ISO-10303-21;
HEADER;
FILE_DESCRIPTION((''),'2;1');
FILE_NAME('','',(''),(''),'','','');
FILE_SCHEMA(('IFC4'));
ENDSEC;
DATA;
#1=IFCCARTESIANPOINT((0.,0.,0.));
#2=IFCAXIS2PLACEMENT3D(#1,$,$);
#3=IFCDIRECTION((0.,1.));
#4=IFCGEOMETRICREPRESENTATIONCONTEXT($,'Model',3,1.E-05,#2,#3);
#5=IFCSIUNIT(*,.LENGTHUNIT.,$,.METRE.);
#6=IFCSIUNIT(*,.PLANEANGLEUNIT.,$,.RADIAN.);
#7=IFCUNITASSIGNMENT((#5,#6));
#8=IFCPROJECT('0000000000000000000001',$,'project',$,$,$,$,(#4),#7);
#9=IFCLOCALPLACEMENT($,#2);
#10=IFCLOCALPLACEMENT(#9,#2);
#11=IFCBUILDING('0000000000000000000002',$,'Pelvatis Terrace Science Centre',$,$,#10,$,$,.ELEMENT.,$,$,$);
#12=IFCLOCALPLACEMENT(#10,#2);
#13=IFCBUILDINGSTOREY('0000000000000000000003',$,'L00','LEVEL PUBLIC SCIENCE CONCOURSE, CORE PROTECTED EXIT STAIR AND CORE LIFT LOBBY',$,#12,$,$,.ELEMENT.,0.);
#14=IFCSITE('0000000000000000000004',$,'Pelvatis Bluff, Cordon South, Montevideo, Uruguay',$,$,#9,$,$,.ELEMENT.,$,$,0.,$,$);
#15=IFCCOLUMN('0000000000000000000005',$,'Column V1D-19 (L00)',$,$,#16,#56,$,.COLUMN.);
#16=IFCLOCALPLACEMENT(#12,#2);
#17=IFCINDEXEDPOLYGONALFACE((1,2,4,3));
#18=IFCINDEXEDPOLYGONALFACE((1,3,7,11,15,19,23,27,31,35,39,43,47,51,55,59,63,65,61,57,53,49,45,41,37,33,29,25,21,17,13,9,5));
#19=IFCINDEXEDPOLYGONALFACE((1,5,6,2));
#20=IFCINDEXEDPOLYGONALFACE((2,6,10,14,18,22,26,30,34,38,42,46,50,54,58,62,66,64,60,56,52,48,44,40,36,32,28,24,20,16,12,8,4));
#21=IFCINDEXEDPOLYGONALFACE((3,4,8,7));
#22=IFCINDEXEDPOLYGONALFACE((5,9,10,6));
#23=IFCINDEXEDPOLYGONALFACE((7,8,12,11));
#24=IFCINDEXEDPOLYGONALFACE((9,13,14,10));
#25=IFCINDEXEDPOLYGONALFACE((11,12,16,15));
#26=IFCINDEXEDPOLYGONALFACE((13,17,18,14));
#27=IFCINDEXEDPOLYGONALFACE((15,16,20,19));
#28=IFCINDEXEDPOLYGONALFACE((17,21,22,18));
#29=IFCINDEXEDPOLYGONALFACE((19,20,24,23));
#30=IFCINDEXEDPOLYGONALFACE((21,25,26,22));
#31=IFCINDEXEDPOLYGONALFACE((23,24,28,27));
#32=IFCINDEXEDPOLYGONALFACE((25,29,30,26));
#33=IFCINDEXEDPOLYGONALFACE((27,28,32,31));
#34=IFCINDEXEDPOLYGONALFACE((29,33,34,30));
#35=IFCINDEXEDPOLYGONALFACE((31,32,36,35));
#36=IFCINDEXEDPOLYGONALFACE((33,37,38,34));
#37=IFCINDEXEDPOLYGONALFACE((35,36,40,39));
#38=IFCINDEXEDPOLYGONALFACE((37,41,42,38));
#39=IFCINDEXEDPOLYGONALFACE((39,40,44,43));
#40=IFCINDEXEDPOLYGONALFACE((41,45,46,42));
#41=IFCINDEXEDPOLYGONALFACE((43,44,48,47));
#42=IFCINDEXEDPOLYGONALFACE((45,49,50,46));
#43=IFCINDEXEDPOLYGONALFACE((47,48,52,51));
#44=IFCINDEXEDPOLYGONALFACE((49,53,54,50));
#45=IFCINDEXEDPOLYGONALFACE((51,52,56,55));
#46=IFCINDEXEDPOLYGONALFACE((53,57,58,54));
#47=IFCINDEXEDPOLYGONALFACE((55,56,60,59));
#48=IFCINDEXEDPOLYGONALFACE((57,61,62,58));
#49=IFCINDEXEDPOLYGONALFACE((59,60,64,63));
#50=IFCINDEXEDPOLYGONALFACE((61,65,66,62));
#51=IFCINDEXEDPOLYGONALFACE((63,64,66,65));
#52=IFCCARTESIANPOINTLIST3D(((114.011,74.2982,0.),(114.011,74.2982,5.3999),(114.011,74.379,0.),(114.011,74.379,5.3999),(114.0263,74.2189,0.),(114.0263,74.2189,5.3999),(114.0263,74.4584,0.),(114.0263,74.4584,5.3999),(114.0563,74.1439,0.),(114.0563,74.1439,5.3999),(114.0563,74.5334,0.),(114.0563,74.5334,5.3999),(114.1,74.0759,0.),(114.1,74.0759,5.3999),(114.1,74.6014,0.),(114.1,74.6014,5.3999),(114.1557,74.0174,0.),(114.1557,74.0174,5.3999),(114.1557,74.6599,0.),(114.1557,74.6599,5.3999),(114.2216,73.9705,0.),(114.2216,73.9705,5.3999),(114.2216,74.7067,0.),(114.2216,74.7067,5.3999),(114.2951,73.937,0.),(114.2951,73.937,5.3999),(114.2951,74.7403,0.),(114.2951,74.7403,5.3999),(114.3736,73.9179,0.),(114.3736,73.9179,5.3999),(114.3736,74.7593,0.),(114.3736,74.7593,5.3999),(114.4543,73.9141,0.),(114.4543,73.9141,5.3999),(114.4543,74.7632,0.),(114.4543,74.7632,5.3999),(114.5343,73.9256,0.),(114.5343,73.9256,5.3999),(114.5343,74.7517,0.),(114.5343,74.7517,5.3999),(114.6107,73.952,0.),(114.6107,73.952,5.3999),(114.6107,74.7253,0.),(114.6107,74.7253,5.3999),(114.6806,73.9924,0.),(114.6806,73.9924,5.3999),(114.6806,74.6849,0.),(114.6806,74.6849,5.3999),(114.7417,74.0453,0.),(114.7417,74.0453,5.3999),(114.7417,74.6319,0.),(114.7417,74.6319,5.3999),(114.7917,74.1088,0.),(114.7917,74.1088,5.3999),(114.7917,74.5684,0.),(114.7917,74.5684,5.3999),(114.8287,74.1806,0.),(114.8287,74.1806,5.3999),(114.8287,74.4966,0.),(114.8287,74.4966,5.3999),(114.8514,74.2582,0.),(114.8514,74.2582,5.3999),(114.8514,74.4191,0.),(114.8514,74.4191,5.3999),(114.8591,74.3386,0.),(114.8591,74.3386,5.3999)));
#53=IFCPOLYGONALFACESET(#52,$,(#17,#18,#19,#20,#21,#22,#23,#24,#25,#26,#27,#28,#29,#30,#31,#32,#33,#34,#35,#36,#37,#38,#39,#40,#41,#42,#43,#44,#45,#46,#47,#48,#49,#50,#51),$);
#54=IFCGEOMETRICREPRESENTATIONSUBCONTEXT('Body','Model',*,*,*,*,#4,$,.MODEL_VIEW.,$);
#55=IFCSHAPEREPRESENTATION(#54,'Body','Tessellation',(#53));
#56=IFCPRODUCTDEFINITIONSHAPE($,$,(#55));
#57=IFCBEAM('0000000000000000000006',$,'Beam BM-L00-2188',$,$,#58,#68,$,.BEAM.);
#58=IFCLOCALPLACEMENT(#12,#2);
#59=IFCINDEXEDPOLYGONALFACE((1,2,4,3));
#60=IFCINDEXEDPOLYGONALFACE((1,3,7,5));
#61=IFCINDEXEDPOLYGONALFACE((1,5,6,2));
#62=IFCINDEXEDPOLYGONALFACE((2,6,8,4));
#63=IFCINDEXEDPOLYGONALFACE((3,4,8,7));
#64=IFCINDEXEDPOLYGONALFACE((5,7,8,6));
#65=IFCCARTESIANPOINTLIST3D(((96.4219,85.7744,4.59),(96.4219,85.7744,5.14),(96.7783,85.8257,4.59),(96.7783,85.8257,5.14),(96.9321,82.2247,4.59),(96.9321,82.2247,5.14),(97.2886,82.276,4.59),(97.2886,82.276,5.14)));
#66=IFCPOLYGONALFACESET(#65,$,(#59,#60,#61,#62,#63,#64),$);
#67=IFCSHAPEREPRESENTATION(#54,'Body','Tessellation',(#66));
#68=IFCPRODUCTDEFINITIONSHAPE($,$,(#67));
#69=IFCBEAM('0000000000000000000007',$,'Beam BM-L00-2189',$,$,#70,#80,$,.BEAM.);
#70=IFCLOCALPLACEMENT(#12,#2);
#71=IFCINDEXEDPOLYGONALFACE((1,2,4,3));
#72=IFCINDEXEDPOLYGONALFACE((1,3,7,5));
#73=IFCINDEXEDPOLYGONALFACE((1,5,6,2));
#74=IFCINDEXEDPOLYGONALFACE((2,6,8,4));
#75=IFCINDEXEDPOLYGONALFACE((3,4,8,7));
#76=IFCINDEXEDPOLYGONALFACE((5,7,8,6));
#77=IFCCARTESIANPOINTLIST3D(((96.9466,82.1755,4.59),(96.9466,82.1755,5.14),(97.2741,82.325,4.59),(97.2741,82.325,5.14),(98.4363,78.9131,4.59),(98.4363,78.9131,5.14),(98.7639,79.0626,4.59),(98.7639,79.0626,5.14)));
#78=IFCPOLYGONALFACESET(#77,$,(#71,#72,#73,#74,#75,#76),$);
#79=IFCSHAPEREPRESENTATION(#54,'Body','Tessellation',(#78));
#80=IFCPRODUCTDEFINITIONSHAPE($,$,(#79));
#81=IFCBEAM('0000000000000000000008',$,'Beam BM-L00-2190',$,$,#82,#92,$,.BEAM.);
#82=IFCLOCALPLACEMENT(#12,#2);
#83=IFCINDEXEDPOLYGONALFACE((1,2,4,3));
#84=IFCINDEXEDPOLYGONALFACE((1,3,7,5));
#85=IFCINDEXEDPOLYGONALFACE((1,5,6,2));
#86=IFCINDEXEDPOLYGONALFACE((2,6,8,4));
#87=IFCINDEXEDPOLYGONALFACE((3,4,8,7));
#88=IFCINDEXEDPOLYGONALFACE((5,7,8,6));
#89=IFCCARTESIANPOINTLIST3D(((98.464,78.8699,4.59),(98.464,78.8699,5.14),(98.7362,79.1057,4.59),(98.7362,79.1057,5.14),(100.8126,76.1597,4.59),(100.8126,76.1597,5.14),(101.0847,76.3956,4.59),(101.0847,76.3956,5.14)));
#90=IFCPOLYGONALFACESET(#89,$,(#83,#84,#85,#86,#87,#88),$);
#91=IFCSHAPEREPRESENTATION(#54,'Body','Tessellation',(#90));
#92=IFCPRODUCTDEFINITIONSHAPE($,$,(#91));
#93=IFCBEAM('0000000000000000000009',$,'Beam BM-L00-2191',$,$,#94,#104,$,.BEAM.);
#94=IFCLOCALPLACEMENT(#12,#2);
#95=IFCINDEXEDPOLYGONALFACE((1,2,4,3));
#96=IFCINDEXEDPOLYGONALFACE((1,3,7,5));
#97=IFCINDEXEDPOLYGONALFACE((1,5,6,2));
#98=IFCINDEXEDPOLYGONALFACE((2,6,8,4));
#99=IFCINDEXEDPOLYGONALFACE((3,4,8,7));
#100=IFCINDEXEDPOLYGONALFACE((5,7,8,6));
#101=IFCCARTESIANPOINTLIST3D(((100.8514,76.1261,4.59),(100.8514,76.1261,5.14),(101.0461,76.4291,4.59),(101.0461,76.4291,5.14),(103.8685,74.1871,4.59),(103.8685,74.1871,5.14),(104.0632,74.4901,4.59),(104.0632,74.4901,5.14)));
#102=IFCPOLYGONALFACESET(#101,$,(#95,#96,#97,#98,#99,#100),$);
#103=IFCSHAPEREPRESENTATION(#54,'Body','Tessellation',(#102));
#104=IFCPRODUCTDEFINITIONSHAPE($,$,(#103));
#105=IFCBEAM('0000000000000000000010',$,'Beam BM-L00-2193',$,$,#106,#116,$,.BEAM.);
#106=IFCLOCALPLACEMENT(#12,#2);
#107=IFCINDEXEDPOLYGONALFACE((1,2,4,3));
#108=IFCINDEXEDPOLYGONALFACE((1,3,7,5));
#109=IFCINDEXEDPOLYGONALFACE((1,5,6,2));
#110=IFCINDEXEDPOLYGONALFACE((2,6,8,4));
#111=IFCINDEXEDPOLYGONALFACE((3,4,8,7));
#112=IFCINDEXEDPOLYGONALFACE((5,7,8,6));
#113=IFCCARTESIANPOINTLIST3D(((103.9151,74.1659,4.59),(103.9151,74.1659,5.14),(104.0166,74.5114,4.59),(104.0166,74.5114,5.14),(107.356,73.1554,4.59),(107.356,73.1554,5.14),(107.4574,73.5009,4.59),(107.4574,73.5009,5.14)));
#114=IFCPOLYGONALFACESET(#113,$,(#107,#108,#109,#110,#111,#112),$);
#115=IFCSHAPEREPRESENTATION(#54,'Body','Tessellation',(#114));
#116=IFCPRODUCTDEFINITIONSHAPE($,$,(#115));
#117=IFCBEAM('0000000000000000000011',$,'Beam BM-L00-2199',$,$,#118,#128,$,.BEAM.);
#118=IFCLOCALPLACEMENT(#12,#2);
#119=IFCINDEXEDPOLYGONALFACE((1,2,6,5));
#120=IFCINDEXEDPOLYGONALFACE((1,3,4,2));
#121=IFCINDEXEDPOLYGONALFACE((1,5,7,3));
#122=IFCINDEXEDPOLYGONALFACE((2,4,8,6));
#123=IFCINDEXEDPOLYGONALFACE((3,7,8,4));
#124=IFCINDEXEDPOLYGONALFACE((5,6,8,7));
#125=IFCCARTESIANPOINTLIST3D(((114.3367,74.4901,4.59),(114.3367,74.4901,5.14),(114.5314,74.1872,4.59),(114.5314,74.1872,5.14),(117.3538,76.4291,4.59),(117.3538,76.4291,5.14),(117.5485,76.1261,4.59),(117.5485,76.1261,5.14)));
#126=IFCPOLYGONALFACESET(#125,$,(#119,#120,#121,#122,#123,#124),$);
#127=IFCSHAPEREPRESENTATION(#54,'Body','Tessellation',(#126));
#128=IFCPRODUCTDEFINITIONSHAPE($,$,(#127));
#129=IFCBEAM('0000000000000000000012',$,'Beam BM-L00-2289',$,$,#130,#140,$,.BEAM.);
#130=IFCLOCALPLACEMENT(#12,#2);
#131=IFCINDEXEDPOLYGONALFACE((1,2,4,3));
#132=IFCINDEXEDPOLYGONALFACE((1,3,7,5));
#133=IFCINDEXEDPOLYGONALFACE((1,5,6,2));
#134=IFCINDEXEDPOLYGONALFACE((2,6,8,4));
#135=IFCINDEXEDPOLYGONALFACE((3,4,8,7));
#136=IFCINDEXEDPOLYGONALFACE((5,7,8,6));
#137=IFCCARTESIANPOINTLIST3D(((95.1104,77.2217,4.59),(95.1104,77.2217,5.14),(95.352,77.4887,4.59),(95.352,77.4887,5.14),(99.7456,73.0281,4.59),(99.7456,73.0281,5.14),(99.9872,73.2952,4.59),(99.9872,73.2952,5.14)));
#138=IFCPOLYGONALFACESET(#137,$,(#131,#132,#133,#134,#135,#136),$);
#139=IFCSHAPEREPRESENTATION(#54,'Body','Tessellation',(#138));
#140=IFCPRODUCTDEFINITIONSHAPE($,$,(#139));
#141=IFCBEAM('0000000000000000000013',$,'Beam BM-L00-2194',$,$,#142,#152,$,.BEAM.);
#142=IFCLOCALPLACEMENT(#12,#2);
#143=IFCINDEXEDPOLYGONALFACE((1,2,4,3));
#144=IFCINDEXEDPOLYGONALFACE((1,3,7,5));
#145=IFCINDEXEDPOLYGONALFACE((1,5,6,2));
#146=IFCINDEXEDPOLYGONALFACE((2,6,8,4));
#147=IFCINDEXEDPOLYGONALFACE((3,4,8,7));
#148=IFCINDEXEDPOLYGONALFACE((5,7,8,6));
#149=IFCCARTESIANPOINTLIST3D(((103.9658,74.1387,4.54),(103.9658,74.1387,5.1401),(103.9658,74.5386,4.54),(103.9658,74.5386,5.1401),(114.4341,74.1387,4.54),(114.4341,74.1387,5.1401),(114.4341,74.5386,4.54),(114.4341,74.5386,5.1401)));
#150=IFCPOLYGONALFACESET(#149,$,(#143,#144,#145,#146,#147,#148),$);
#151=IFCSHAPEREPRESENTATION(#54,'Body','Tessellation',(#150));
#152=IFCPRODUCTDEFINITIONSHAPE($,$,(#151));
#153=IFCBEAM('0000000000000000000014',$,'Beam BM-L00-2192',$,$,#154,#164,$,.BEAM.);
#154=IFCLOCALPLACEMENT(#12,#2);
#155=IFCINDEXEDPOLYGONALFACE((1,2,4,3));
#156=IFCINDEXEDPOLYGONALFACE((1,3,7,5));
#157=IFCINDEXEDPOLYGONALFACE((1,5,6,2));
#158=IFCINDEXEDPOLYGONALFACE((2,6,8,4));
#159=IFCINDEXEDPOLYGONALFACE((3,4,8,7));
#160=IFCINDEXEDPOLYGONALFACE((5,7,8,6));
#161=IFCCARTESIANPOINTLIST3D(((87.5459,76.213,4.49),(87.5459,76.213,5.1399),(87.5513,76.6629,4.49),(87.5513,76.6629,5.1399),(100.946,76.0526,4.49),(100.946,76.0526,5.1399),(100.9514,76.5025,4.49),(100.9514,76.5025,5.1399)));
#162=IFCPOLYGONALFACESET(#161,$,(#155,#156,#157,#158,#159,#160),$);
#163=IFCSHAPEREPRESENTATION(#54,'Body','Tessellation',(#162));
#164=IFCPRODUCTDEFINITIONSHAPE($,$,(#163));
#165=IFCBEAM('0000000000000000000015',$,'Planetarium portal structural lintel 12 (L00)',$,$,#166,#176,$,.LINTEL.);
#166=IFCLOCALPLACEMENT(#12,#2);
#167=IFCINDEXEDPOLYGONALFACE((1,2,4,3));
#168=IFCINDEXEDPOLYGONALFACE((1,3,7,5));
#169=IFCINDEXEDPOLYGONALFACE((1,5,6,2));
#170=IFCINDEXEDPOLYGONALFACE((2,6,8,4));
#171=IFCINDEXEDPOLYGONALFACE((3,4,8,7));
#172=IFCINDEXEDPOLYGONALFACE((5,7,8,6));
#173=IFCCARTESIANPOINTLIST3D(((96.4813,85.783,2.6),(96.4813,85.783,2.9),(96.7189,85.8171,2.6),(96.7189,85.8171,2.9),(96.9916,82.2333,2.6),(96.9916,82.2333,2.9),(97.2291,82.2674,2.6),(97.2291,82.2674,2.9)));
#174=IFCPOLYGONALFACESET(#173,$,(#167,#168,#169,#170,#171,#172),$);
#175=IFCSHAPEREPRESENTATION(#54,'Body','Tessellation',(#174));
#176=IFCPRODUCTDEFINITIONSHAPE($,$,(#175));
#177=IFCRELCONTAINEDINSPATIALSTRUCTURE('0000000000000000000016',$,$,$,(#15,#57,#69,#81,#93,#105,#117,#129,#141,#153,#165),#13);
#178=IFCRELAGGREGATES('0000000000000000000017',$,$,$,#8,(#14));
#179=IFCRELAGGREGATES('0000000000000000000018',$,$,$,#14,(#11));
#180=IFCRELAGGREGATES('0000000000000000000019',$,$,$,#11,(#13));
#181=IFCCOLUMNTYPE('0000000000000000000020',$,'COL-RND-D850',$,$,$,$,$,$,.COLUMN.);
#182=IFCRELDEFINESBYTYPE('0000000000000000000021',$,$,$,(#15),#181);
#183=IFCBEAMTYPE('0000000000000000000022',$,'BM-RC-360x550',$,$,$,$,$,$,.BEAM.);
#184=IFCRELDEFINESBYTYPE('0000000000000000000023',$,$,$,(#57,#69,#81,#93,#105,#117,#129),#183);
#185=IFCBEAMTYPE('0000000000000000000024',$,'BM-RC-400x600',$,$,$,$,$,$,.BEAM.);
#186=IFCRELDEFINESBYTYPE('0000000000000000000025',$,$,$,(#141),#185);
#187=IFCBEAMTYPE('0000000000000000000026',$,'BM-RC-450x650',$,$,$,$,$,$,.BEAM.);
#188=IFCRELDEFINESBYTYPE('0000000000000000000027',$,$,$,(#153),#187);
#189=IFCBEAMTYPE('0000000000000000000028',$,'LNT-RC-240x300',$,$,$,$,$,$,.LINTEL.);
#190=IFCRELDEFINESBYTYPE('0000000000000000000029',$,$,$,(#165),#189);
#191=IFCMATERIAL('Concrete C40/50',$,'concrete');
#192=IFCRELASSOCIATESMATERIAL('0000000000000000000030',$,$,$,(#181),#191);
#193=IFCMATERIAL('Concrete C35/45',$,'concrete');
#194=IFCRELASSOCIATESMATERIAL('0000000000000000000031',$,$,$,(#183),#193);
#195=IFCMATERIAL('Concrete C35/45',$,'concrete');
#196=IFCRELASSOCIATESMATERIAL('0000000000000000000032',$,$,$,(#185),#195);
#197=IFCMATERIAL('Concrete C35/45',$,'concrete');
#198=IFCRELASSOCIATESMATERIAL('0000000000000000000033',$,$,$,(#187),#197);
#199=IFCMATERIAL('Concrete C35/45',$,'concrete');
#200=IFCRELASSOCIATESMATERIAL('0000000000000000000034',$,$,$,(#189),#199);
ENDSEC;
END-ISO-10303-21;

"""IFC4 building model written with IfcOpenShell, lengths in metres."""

from ifc_helpers import new_model, si_unit, direction, frame, origin, origin_2d, place, context, subcontext, project, spatial, rectangle, circle, extrude, material, material_profile, profile_set, type_object, element, save


model = new_model("IFC4")

# Units and contexts
model_context = context("Model", 3, precision=1e-05, world=origin(), true_north=direction((0.0, 1.0)))
body_context = subcontext(model_context, "Body", "Model", "MODEL_VIEW")
ifc_project = project(units=[si_unit("LENGTHUNIT", "METRE"), si_unit("PLANEANGLEUNIT", "RADIAN")], contexts=[model_context])

# Site, building, storey
site_placement = place(None, origin())
site = spatial("IfcSite", under=ifc_project, at=site_placement, Name="Pelvatis Bluff, Cordon South, Montevideo, Uruguay", CompositionType="ELEMENT", RefElevation=0.0)
building_placement = place(site_placement, origin())
building = spatial("IfcBuilding", under=site, at=building_placement, Name="Pelvatis Terrace Science Centre", CompositionType="ELEMENT")
storey_placement = place(building_placement, origin())
storey = spatial("IfcBuildingStorey", under=building, at=storey_placement, Name="L00", Description="LEVEL PUBLIC SCIENCE CONCOURSE, CORE PROTECTED EXIT STAIR AND CORE LIFT LOBBY", CompositionType="ELEMENT", Elevation=0.0)

# Column
ifc_material_1 = material(Name="Concrete C40/50", Category="concrete")
ifc_material_profile_1 = material_profile(ifc_material_1, circle(Radius=0.425, at=origin_2d()), Name="RC-RCOL D850")
ifc_profile_set_1 = profile_set([ifc_material_profile_1], Name="Concrete C40/50")
column_type_1 = type_object("IfcColumnType", Name="COL-RND-D850", PredefinedType="COLUMN", material=ifc_profile_set_1)
for number, where, z_axis, x_axis, name in (
    (1, (114.4341, 74.3386, 0.0), (0.0, 0.0, 1.0), (1.0, 0.0, 0.0), "Column V1D-19 (L00)"),
):
    element("IfcColumn", number, at=place(storey_placement, frame(where, z_axis=z_axis, x_axis=x_axis)), inside=storey, type_object=column_type_1, Name=name, PredefinedType="COLUMN", context=body_context, shape_type="SweptSolid", body=[
        extrude(circle(Radius=0.425, at=origin_2d()), origin(), (0.0, 0.0, 1.0), 5.3999),
    ])

# Beams
ifc_material_2 = material(Name="Concrete C35/45", Category="concrete")
ifc_material_profile_2 = material_profile(ifc_material_2, rectangle(XDim=0.3601, YDim=0.55, at=origin_2d()), Name="RC-BM 360x550")
ifc_profile_set_2 = profile_set([ifc_material_profile_2], Name="Concrete C35/45")
beam_type_1 = type_object("IfcBeamType", Name="BM-RC-360x550", PredefinedType="BEAM", material=ifc_profile_set_2)
beam_1_placement = place(storey_placement, frame((96.6001, 85.8, 4.865), z_axis=(0.142279, -0.989827, 0.0), x_axis=(0.989827, 0.142279, 0.0)))
element("IfcBeam", 2, at=beam_1_placement, inside=storey, type_object=beam_type_1, Name="Beam BM-L00-2188", PredefinedType="BEAM", context=body_context, shape_type="SweptSolid", body=[
    extrude(rectangle(XDim=0.3601, YDim=0.55, at=origin_2d()), origin(), (0.0, 0.0, 1.0), 3.5862),
])
beam_2_placement = place(storey_placement, frame((97.1104, 82.2502, 4.865), z_axis=(0.415377, -0.909649, 0.0), x_axis=(0.909649, 0.415377, 0.0)))
element("IfcBeam", 3, at=beam_2_placement, inside=storey, type_object=beam_type_1, Name="Beam BM-L00-2189", PredefinedType="BEAM", context=body_context, shape_type="SweptSolid", body=[
    extrude(rectangle(XDim=0.3601, YDim=0.55, at=origin_2d()), origin(), (0.0, 0.0, 1.0), 3.5864),
])
beam_3_placement = place(storey_placement, frame((98.6001, 78.9878, 4.865), z_axis=(0.654897, -0.755718, 0.0), x_axis=(0.755718, 0.654897, 0.0)))
element("IfcBeam", 4, at=beam_3_placement, inside=storey, type_object=beam_type_1, Name="Beam BM-L00-2190", PredefinedType="BEAM", context=body_context, shape_type="SweptSolid", body=[
    extrude(rectangle(XDim=0.3601, YDim=0.55, at=origin_2d()), origin(), (0.0, 0.0, 1.0), 3.5862),
])
beam_4_placement = place(storey_placement, frame((100.9487, 76.2776, 4.865), z_axis=(0.841254, -0.540641, 0.0), x_axis=(0.540641, 0.841254, 0.0)))
element("IfcBeam", 5, at=beam_4_placement, inside=storey, type_object=beam_type_1, Name="Beam BM-L00-2191", PredefinedType="BEAM", context=body_context, shape_type="SweptSolid", body=[
    extrude(rectangle(XDim=0.3601, YDim=0.55, at=origin_2d()), origin(), (0.0, 0.0, 1.0), 3.5864),
])
beam_5_placement = place(storey_placement, frame((103.9658, 74.3386, 4.865), z_axis=(0.959481, -0.281772, 0.0), x_axis=(0.281772, 0.959481, 0.0)))
element("IfcBeam", 6, at=beam_5_placement, inside=storey, type_object=beam_type_1, Name="Beam BM-L00-2193", PredefinedType="BEAM", context=body_context, shape_type="SweptSolid", body=[
    extrude(rectangle(XDim=0.3601, YDim=0.55, at=origin_2d()), origin(), (0.0, 0.0, 1.0), 3.5862),
])
beam_6_placement = place(storey_placement, frame((114.4341, 74.3386, 4.865), z_axis=(0.841254, 0.540641, 0.0), x_axis=(-0.540641, 0.841254, 0.0)))
element("IfcBeam", 7, at=beam_6_placement, inside=storey, type_object=beam_type_1, Name="Beam BM-L00-2199", PredefinedType="BEAM", context=body_context, shape_type="SweptSolid", body=[
    extrude(rectangle(XDim=0.3601, YDim=0.55, at=origin_2d()), origin(), (0.0, 0.0, 1.0), 3.5864),
])
beam_7_placement = place(storey_placement, frame((95.2312, 77.3552, 4.865), z_axis=(0.741552, -0.670896, 0.0), x_axis=(0.670896, 0.741552, 0.0)))
element("IfcBeam", 8, at=beam_7_placement, inside=storey, type_object=beam_type_1, Name="Beam BM-L00-2289", PredefinedType="BEAM", context=body_context, shape_type="SweptSolid", body=[
    extrude(rectangle(XDim=0.3601, YDim=0.55, at=origin_2d()), origin(), (0.0, 0.0, 1.0), 6.2507),
])
ifc_material_3 = material(Name="Concrete C35/45", Category="concrete")
ifc_material_profile_3 = material_profile(ifc_material_3, rectangle(XDim=0.3999, YDim=0.6001, at=origin_2d()), Name="RC-BM 400x600")
ifc_profile_set_3 = profile_set([ifc_material_profile_3], Name="Concrete C35/45")
beam_type_2 = type_object("IfcBeamType", Name="BM-RC-400x600", PredefinedType="BEAM", material=ifc_profile_set_3)
beam_8_placement = place(storey_placement, frame((103.9658, 74.3386, 4.8401), z_axis=(1.0, 0.0, 0.0), x_axis=(0.0, 1.0, 0.0)))
element("IfcBeam", 9, at=beam_8_placement, inside=storey, type_object=beam_type_2, Name="Beam BM-L00-2194", PredefinedType="BEAM", context=body_context, shape_type="SweptSolid", body=[
    extrude(rectangle(XDim=0.3999, YDim=0.6001, at=origin_2d()), origin(), (0.0, 0.0, 1.0), 10.4683),
])
ifc_material_4 = material(Name="Concrete C35/45", Category="concrete")
ifc_material_profile_4 = material_profile(ifc_material_4, rectangle(XDim=0.45, YDim=0.6499, at=origin_2d()), Name="RC-BM 450x650")
ifc_profile_set_4 = profile_set([ifc_material_profile_4], Name="Concrete C35/45")
beam_type_3 = type_object("IfcBeamType", Name="BM-RC-450x650", PredefinedType="BEAM", material=ifc_profile_set_4)
beam_9_placement = place(storey_placement, frame((100.9487, 76.2776, 4.8149), z_axis=(-0.999928, 0.011969, 0.0), x_axis=(-0.011969, -0.999928, 0.0)))
element("IfcBeam", 10, at=beam_9_placement, inside=storey, type_object=beam_type_3, Name="Beam BM-L00-2192", PredefinedType="BEAM", context=body_context, shape_type="SweptSolid", body=[
    extrude(rectangle(XDim=0.45, YDim=0.6499, at=origin_2d()), origin(), (0.0, 0.0, 1.0), 13.4011),
])
ifc_material_5 = material(Name="Concrete C35/45", Category="concrete")
ifc_material_profile_5 = material_profile(ifc_material_5, rectangle(XDim=0.24, YDim=0.3, at=origin_2d()), Name="RC-LNT 240x300")
ifc_profile_set_5 = profile_set([ifc_material_profile_5], Name="Concrete C35/45")
beam_type_4 = type_object("IfcBeamType", Name="LNT-RC-240x300", PredefinedType="LINTEL", material=ifc_profile_set_5)
beam_10_placement = place(storey_placement, frame((96.6001, 85.8, 2.75), z_axis=(0.142279, -0.989827, 0.0), x_axis=(0.989827, 0.142279, 0.0)))
element("IfcBeam", 11, at=beam_10_placement, inside=storey, type_object=beam_type_4, Name="Planetarium portal structural lintel 12 (L00)", PredefinedType="LINTEL", context=body_context, shape_type="SweptSolid", body=[
    extrude(rectangle(XDim=0.24, YDim=0.3, at=origin_2d()), origin(), (0.0, 0.0, 1.0), 3.5862),
])

save(model, "model.ifc")
